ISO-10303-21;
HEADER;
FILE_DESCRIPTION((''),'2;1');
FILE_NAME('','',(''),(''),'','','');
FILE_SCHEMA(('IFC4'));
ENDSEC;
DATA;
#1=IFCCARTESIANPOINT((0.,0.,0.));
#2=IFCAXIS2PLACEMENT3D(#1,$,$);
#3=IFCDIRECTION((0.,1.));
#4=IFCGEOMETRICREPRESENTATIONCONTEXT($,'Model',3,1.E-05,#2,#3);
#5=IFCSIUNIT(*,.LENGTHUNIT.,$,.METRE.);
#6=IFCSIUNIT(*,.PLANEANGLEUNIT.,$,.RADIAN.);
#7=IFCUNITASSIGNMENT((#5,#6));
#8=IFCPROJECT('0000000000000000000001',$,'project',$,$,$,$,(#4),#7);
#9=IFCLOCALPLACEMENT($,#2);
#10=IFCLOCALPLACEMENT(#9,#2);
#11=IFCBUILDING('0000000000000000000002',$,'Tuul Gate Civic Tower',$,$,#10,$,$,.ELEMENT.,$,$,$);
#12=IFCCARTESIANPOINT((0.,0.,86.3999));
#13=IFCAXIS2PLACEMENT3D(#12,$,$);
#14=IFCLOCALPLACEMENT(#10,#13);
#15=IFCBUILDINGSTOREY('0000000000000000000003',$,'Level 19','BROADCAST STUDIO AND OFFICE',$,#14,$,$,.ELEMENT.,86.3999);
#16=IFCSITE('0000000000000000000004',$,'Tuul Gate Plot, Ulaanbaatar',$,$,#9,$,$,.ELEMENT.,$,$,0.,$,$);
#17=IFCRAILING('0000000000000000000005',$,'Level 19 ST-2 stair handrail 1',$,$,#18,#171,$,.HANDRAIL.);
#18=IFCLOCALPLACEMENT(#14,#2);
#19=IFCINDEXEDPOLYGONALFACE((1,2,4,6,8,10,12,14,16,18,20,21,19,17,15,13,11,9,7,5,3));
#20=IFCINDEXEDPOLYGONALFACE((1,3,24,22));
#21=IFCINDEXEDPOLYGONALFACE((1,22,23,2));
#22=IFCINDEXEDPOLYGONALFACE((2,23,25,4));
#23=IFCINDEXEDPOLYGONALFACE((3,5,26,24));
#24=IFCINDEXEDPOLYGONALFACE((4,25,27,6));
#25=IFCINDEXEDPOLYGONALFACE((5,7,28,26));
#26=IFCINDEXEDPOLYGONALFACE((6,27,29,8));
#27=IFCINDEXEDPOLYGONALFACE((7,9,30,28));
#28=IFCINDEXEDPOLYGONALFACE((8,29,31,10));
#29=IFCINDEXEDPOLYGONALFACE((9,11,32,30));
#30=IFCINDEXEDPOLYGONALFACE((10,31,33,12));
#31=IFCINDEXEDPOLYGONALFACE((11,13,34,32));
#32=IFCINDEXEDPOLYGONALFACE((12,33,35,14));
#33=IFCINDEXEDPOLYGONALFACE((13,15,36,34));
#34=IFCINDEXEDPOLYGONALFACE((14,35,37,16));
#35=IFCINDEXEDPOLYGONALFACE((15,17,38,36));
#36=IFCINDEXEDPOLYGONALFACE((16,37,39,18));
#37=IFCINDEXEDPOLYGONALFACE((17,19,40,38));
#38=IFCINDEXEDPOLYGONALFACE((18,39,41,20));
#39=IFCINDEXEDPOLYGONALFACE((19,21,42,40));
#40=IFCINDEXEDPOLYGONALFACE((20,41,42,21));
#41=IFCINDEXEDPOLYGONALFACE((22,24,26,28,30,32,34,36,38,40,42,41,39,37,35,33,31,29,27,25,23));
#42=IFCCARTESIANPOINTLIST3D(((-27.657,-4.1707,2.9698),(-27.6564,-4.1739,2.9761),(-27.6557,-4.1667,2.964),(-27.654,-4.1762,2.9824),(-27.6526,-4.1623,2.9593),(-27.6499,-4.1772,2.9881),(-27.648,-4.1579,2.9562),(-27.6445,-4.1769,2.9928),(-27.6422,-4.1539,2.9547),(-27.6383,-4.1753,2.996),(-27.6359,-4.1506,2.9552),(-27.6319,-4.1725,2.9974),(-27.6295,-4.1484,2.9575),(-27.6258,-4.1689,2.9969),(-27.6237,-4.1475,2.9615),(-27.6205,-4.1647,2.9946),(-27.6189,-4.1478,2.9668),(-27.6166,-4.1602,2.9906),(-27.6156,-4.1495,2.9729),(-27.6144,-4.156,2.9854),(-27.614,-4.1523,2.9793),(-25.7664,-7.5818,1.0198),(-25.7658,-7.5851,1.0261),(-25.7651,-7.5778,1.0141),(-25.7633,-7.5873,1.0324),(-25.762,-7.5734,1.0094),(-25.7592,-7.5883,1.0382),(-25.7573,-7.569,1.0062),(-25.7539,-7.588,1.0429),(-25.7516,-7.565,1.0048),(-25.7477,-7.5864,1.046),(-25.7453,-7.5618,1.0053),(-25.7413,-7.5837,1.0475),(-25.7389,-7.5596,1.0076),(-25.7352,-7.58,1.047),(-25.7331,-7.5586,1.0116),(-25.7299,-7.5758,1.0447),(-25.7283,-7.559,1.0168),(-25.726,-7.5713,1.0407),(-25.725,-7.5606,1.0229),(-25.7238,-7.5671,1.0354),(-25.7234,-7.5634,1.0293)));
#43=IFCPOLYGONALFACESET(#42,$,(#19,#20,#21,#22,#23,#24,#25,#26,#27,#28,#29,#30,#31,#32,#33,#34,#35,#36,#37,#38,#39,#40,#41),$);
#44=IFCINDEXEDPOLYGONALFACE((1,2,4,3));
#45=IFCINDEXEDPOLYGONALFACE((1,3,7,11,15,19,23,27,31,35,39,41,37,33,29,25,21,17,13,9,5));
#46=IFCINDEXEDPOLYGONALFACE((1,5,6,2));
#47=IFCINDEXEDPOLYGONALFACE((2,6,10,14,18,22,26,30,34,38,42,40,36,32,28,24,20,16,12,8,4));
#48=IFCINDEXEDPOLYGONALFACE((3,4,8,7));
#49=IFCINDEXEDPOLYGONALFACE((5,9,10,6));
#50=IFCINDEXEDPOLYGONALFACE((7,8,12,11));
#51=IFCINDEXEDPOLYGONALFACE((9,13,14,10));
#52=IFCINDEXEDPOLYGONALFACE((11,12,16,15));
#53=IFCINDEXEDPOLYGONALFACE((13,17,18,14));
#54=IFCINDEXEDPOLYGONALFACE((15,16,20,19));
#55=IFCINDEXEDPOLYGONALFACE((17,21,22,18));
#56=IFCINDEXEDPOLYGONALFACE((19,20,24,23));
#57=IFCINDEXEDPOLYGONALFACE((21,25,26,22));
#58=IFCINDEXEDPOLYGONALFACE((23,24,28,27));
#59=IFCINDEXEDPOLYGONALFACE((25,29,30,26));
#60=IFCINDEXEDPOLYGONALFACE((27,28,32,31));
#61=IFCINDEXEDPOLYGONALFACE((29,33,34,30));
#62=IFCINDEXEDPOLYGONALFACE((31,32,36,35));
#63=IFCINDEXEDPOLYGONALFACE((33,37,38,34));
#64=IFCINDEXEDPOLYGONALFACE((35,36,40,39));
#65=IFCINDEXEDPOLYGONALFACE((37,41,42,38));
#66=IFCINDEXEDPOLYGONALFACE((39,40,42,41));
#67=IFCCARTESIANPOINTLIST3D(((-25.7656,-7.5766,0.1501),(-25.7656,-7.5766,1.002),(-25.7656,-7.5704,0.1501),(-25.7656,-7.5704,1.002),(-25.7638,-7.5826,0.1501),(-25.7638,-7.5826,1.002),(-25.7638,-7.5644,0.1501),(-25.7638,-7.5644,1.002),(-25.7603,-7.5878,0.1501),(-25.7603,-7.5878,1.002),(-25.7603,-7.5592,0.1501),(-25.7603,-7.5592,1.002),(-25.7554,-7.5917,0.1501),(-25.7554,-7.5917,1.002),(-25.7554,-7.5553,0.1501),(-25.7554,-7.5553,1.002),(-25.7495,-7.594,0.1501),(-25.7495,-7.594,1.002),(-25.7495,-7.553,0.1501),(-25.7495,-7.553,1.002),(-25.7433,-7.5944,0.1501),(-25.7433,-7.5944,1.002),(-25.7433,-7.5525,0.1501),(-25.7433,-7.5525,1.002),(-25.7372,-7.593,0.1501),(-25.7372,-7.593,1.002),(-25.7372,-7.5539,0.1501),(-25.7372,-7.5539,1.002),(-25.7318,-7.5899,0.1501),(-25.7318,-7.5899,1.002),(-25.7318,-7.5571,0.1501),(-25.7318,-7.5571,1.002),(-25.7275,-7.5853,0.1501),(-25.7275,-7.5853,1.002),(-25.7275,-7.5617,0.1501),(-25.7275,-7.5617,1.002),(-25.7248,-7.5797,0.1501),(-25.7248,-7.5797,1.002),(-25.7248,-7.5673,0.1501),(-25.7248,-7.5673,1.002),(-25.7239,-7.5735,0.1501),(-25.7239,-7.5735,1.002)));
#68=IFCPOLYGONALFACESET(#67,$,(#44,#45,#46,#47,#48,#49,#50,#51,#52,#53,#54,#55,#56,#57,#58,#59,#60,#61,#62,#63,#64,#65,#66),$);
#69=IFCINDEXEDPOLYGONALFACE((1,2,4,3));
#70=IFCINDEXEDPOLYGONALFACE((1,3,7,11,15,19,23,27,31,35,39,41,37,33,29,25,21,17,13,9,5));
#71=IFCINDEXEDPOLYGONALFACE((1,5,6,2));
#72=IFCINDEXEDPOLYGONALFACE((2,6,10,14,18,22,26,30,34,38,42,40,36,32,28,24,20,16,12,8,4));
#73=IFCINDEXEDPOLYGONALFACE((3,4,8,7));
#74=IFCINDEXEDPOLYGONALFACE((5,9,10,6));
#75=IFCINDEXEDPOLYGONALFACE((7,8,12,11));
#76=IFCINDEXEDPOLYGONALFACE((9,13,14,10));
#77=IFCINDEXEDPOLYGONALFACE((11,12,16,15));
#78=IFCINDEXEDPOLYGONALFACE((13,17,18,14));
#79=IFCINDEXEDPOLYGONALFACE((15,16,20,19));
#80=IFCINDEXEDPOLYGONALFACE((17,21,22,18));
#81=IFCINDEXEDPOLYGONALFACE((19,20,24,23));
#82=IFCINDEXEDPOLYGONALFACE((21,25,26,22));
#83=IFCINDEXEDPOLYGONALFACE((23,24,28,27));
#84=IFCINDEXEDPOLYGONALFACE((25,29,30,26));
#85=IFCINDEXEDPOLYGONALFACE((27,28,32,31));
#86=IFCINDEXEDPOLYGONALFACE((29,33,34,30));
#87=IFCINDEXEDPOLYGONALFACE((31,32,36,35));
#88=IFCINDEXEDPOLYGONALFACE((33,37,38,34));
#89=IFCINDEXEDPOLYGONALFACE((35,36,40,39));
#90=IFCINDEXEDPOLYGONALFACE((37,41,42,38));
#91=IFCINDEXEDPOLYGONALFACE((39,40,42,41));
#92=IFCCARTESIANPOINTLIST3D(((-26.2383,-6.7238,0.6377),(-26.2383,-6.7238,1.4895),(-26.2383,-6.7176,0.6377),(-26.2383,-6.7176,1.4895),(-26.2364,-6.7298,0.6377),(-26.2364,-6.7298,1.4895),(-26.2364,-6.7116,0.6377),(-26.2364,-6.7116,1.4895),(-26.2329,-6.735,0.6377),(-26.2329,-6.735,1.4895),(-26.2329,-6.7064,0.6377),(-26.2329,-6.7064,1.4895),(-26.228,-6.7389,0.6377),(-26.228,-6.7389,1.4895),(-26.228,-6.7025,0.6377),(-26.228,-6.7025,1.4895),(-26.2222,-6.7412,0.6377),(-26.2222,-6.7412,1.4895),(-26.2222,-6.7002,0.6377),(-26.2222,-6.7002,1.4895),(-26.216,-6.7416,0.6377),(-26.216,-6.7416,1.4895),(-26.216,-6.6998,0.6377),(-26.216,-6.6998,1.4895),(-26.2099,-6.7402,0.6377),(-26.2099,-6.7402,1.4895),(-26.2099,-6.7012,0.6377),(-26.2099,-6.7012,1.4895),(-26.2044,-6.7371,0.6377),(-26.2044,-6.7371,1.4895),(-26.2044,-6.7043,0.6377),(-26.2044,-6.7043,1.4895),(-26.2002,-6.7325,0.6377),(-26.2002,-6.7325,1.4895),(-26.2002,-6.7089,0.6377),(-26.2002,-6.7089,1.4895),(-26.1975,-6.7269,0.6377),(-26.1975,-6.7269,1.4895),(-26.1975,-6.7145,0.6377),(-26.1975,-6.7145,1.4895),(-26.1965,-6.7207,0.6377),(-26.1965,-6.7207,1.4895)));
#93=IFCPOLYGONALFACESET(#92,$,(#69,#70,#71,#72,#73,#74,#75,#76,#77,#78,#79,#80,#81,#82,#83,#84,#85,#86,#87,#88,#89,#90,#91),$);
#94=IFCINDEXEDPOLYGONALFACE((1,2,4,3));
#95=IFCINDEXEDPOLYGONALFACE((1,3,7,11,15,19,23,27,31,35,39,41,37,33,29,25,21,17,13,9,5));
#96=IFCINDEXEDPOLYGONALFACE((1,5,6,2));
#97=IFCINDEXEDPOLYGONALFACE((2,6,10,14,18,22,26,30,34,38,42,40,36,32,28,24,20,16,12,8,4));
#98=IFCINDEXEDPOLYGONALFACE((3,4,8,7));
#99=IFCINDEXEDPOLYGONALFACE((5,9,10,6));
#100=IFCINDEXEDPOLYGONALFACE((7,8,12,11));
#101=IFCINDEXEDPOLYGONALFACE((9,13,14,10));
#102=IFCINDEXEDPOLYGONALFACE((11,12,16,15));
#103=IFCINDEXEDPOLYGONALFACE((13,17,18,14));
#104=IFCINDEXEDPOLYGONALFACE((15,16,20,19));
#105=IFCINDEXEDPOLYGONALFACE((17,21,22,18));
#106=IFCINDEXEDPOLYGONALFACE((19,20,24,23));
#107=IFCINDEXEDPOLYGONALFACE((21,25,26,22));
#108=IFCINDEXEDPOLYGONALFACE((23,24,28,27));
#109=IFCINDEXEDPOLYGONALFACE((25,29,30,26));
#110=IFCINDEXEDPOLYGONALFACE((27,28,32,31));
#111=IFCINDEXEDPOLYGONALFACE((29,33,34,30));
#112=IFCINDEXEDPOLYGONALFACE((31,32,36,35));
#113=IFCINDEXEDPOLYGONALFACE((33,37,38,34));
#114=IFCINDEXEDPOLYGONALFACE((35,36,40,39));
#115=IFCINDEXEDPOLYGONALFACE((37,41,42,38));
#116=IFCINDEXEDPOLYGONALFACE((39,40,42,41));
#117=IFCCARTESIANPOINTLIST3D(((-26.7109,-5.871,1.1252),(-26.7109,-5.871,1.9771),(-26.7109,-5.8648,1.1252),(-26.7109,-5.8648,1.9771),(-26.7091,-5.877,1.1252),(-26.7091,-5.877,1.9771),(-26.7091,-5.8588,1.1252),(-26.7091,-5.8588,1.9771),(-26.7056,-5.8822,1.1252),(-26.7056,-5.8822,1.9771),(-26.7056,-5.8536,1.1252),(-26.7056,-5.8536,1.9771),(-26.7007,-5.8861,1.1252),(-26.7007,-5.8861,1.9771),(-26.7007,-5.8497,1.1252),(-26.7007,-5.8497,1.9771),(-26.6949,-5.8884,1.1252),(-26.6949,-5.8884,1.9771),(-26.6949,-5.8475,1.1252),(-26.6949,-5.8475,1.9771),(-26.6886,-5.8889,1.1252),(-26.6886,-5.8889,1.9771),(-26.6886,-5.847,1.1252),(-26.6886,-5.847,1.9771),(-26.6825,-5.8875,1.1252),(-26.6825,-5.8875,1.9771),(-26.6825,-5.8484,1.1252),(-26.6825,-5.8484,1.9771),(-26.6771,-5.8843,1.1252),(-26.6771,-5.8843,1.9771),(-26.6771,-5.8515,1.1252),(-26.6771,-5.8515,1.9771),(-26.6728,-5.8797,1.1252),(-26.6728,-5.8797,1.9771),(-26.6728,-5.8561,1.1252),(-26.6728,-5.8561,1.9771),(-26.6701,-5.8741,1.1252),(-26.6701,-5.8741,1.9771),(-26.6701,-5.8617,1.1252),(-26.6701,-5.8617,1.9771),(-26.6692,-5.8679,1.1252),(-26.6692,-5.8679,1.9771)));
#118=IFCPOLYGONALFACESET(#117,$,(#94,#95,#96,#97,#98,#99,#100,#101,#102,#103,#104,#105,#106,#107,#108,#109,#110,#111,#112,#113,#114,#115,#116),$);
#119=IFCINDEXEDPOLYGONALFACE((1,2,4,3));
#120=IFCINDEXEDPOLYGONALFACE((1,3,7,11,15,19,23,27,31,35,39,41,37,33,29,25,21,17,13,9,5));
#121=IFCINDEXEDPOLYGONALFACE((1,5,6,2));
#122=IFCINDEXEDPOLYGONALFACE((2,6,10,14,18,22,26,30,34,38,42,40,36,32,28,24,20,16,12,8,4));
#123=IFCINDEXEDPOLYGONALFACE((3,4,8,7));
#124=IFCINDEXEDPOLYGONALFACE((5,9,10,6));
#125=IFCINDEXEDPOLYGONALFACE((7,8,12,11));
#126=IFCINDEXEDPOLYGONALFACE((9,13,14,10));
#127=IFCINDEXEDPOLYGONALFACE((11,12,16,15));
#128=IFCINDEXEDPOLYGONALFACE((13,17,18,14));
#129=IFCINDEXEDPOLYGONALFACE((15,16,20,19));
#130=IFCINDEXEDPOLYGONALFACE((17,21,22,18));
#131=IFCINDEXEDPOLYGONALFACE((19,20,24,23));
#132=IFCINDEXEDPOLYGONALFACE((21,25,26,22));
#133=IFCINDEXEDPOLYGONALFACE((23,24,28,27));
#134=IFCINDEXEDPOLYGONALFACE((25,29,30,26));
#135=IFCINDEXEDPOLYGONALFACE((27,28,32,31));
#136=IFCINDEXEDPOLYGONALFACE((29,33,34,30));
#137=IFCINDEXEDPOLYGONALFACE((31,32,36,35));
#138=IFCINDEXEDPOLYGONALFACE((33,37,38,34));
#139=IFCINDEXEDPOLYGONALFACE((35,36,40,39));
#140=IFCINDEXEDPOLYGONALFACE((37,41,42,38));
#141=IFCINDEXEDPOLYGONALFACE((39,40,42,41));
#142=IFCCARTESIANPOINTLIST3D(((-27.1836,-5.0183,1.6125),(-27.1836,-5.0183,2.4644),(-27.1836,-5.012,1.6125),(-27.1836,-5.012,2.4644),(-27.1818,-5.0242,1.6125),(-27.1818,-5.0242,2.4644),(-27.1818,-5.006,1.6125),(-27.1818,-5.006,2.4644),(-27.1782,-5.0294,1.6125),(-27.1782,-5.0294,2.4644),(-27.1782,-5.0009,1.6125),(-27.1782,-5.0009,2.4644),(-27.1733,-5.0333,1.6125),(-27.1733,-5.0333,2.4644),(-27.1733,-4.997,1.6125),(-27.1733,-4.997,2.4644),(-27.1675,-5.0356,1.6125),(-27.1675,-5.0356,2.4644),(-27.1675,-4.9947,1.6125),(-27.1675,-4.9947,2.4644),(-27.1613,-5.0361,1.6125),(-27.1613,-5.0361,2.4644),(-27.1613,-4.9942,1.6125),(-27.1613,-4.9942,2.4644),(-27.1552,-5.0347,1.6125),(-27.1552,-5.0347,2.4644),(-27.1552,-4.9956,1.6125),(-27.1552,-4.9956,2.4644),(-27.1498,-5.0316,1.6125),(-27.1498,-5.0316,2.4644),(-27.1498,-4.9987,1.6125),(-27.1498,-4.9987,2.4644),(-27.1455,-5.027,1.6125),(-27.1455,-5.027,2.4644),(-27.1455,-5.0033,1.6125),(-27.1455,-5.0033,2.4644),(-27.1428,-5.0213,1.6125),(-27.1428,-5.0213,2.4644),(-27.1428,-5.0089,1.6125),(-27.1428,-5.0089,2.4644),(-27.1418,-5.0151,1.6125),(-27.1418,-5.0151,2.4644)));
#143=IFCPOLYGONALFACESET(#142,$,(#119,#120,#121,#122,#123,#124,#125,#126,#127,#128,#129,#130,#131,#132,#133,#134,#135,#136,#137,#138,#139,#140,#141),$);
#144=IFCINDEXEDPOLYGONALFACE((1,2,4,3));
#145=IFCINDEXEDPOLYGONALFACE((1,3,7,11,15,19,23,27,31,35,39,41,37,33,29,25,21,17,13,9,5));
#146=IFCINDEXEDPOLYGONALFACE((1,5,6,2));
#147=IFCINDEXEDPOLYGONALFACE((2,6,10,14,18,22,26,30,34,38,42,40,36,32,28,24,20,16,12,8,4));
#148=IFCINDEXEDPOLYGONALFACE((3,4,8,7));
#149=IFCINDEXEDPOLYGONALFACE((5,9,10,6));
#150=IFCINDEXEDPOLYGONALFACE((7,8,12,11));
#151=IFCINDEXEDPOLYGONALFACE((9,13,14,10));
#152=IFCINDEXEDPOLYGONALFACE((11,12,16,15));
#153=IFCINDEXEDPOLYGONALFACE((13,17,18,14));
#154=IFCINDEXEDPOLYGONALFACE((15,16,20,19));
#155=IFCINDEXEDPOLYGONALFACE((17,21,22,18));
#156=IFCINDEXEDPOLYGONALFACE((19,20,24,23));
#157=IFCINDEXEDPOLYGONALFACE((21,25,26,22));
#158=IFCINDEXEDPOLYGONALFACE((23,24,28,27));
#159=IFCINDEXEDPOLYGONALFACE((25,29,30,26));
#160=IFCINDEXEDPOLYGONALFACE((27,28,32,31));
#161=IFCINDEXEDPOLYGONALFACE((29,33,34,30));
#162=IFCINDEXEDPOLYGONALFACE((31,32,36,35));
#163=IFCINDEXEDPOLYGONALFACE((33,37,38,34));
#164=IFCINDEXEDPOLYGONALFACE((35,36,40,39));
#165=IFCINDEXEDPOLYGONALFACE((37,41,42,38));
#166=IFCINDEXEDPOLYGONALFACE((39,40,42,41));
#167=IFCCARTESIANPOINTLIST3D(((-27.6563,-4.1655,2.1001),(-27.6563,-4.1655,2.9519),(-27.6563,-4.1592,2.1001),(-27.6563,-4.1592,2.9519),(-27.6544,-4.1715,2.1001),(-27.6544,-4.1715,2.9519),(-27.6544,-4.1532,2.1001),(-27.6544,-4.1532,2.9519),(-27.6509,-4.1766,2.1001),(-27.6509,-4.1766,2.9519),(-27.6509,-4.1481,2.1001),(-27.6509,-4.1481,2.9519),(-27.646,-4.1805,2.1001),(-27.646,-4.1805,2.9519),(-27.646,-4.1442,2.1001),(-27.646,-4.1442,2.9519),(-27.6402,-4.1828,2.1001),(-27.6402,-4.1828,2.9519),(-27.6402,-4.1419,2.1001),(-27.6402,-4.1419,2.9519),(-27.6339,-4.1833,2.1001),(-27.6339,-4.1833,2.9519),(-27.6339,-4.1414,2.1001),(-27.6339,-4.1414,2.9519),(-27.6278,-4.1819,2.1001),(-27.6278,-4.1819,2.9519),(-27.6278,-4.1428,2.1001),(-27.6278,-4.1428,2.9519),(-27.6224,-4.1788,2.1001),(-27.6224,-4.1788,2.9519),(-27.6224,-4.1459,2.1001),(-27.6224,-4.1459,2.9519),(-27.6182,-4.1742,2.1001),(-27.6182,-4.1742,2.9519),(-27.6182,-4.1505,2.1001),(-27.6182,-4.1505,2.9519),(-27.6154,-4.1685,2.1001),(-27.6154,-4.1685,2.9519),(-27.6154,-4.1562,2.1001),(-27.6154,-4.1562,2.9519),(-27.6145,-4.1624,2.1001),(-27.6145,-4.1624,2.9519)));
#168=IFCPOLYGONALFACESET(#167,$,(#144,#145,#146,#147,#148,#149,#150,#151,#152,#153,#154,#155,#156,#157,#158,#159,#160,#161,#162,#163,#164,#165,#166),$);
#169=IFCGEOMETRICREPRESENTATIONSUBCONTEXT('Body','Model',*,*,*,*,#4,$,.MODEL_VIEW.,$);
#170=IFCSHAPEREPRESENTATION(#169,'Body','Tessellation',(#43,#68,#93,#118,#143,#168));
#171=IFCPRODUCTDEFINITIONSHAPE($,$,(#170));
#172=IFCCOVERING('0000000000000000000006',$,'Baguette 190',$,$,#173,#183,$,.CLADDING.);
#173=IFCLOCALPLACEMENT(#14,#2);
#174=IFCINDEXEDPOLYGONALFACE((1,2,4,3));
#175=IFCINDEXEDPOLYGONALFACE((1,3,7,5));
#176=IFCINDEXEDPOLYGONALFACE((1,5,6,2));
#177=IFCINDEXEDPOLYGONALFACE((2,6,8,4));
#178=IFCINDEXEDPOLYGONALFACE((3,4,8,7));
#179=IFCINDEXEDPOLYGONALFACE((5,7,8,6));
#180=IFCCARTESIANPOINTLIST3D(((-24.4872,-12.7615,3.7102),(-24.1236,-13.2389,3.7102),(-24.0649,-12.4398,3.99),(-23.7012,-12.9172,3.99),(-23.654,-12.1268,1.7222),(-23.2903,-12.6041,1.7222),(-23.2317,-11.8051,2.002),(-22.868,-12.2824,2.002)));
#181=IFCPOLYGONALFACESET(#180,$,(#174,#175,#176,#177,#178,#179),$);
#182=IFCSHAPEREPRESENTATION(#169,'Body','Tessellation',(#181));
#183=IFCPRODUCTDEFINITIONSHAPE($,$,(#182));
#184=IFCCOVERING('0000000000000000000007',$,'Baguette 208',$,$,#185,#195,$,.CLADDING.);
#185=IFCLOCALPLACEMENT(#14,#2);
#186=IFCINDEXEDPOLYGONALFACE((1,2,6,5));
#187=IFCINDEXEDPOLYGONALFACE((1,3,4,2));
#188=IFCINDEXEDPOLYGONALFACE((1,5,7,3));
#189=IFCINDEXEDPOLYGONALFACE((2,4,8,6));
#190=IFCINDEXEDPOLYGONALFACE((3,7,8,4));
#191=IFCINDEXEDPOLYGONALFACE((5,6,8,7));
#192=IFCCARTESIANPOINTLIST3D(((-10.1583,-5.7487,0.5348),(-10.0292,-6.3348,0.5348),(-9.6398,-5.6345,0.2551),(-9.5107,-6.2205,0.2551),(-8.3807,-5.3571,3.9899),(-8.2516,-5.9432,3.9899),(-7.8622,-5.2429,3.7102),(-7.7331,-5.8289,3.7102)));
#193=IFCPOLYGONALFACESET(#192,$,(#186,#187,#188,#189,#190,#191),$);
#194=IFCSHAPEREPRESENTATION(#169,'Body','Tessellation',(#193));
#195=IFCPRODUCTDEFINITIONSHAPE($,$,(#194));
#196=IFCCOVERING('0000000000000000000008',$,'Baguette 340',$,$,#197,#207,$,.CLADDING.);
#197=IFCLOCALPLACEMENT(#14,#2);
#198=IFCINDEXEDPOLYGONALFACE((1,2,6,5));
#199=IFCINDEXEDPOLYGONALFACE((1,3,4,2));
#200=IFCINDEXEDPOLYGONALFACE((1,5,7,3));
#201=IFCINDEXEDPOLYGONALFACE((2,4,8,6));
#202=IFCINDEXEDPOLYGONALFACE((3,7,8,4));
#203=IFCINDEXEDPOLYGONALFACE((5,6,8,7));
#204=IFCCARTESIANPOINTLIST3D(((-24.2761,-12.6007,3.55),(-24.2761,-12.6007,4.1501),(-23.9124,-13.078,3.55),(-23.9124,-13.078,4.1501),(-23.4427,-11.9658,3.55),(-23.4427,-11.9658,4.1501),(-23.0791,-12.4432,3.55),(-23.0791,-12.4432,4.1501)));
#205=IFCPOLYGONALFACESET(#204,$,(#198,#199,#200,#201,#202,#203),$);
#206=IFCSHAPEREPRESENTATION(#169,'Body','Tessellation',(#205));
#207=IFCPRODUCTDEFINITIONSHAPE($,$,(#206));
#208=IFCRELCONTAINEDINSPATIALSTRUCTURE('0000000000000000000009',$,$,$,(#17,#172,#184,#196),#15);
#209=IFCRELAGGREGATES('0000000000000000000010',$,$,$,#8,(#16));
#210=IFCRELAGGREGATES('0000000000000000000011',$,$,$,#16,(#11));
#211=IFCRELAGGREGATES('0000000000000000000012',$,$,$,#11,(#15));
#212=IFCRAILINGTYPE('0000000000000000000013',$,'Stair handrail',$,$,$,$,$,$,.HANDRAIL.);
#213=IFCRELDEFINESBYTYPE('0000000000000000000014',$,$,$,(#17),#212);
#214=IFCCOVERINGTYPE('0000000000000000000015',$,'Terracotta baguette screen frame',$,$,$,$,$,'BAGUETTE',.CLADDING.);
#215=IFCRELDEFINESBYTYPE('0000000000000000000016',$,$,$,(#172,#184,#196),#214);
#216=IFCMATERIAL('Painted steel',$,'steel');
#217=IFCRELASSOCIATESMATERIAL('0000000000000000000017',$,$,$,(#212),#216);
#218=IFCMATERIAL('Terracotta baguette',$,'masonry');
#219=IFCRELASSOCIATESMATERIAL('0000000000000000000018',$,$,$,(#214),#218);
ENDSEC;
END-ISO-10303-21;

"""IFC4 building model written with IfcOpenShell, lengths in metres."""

from ifc_helpers import new_model, si_unit, direction, frame, origin, origin_2d, place, context, subcontext, project, spatial, rectangle, circle, extrude, material, material_profile, profile_set, type_object, element, save


model = new_model("IFC4")

# Units and contexts
model_context = context("Model", 3, precision=1e-05, world=origin(), true_north=direction((0.0, 1.0)))
body_context = subcontext(model_context, "Body", "Model", "MODEL_VIEW")
ifc_project = project(units=[si_unit("LENGTHUNIT", "METRE"), si_unit("PLANEANGLEUNIT", "RADIAN")], contexts=[model_context])

# Site, building, storey
site_placement = place(None, origin())
site = spatial("IfcSite", under=ifc_project, at=site_placement, Name="Tuul Gate Plot, Ulaanbaatar", CompositionType="ELEMENT", RefElevation=0.0)
building_placement = place(site_placement, origin())
building = spatial("IfcBuilding", under=site, at=building_placement, Name="Tuul Gate Civic Tower", CompositionType="ELEMENT")
storey_placement = place(building_placement, frame((0.0, 0.0, 86.3999)))
storey = spatial("IfcBuildingStorey", under=building, at=storey_placement, Name="Level 19", Description="BROADCAST STUDIO AND OFFICE", CompositionType="ELEMENT", Elevation=86.3999)

# Railing
ifc_material_1 = material(Name="Painted steel", Category="steel")
railing_type_1 = type_object("IfcRailingType", Name="Stair handrail", PredefinedType="HANDRAIL", material=ifc_material_1)
railing_1_placement = place(storey_placement, frame((-25.7449, -7.5735, 0.1501)))
element("IfcRailing", 1, at=railing_1_placement, inside=storey, type_object=railing_type_1, Name="Level 19 ST-2 stair handrail 1", PredefinedType="HANDRAIL", context=body_context, shape_type="SweptSolid", body=[
    extrude(circle(Radius=0.0239, at=origin_2d()), frame((0.0, 0.0, 0.876), z_axis=(-0.433595, 0.782308, 0.447201), x_axis=(-0.874641, -0.484771, 0.0)), (0.0, 0.0, 1.0), 4.3604),
    extrude(circle(Radius=0.021, at=origin_2d()), origin(), (0.0, 0.0, 1.0), 0.8518),
    extrude(circle(Radius=0.021, at=origin_2d()), frame((-0.4727, 0.8528, 0.4875)), (0.0, 0.0, 1.0), 0.8518),
    extrude(circle(Radius=0.021, at=origin_2d()), frame((-0.9453, 1.7056, 0.9751)), (0.0, 0.0, 1.0), 0.8518),
    extrude(circle(Radius=0.021, at=origin_2d()), frame((-1.418, 2.5583, 1.4624)), (0.0, 0.0, 1.0), 0.8518),
    extrude(circle(Radius=0.021, at=origin_2d()), frame((-1.8906, 3.4111, 1.95)), (0.0, 0.0, 1.0), 0.8518),
])

# Coverings
ifc_material_2 = material(Name="Terracotta baguette", Category="masonry")
ifc_material_profile_1 = material_profile(ifc_material_2, rectangle(XDim=0.6001, YDim=0.6001, at=origin_2d()), Name="Terracotta baguette screen frame")
ifc_profile_set_1 = profile_set([ifc_material_profile_1], Name="Terracotta baguette")
covering_type = type_object("IfcCoveringType", Name="Terracotta baguette screen frame", ElementType="BAGUETTE", PredefinedType="CLADDING", material=ifc_profile_set_1)
covering_1_placement = place(storey_placement, frame((-24.0942, -12.8394, 3.8501), z_axis=(0.37081, 0.28248, -0.884706), x_axis=(-0.605987, 0.795475, 0.0)))
element("IfcCovering", 2, at=covering_1_placement, inside=storey, type_object=covering_type, Name="Baguette 190", PredefinedType="CLADDING", context=body_context, shape_type="SweptSolid", body=[
    extrude(rectangle(XDim=0.6001, YDim=0.6001, at=origin_2d()), origin(), (0.0, 0.0, 1.0), 2.2471),
])
covering_2_placement = place(storey_placement, frame((-8.0569, -5.593, 3.8501), z_axis=(-0.455183, -0.100276, -0.884734), x_axis=(0.215141, -0.976583, 0.0)))
element("IfcCovering", 3, at=covering_2_placement, inside=storey, type_object=covering_type, Name="Baguette 208", PredefinedType="CLADDING", context=body_context, shape_type="SweptSolid", body=[
    extrude(rectangle(XDim=0.6001, YDim=0.6001, at=origin_2d()), origin(), (0.0, 0.0, 1.0), 3.9053),
])
covering_3_placement = place(storey_placement, frame((-24.0942, -12.8394, 3.8501), z_axis=(0.795475, 0.605987, 0.0), x_axis=(-0.605987, 0.795475, 0.0)))
element("IfcCovering", 4, at=covering_3_placement, inside=storey, type_object=covering_type, Name="Baguette 340", PredefinedType="CLADDING", context=body_context, shape_type="SweptSolid", body=[
    extrude(rectangle(XDim=0.6001, YDim=0.6001, at=origin_2d()), origin(), (0.0, 0.0, 1.0), 1.0476),
])

save(model, "model.ifc")
